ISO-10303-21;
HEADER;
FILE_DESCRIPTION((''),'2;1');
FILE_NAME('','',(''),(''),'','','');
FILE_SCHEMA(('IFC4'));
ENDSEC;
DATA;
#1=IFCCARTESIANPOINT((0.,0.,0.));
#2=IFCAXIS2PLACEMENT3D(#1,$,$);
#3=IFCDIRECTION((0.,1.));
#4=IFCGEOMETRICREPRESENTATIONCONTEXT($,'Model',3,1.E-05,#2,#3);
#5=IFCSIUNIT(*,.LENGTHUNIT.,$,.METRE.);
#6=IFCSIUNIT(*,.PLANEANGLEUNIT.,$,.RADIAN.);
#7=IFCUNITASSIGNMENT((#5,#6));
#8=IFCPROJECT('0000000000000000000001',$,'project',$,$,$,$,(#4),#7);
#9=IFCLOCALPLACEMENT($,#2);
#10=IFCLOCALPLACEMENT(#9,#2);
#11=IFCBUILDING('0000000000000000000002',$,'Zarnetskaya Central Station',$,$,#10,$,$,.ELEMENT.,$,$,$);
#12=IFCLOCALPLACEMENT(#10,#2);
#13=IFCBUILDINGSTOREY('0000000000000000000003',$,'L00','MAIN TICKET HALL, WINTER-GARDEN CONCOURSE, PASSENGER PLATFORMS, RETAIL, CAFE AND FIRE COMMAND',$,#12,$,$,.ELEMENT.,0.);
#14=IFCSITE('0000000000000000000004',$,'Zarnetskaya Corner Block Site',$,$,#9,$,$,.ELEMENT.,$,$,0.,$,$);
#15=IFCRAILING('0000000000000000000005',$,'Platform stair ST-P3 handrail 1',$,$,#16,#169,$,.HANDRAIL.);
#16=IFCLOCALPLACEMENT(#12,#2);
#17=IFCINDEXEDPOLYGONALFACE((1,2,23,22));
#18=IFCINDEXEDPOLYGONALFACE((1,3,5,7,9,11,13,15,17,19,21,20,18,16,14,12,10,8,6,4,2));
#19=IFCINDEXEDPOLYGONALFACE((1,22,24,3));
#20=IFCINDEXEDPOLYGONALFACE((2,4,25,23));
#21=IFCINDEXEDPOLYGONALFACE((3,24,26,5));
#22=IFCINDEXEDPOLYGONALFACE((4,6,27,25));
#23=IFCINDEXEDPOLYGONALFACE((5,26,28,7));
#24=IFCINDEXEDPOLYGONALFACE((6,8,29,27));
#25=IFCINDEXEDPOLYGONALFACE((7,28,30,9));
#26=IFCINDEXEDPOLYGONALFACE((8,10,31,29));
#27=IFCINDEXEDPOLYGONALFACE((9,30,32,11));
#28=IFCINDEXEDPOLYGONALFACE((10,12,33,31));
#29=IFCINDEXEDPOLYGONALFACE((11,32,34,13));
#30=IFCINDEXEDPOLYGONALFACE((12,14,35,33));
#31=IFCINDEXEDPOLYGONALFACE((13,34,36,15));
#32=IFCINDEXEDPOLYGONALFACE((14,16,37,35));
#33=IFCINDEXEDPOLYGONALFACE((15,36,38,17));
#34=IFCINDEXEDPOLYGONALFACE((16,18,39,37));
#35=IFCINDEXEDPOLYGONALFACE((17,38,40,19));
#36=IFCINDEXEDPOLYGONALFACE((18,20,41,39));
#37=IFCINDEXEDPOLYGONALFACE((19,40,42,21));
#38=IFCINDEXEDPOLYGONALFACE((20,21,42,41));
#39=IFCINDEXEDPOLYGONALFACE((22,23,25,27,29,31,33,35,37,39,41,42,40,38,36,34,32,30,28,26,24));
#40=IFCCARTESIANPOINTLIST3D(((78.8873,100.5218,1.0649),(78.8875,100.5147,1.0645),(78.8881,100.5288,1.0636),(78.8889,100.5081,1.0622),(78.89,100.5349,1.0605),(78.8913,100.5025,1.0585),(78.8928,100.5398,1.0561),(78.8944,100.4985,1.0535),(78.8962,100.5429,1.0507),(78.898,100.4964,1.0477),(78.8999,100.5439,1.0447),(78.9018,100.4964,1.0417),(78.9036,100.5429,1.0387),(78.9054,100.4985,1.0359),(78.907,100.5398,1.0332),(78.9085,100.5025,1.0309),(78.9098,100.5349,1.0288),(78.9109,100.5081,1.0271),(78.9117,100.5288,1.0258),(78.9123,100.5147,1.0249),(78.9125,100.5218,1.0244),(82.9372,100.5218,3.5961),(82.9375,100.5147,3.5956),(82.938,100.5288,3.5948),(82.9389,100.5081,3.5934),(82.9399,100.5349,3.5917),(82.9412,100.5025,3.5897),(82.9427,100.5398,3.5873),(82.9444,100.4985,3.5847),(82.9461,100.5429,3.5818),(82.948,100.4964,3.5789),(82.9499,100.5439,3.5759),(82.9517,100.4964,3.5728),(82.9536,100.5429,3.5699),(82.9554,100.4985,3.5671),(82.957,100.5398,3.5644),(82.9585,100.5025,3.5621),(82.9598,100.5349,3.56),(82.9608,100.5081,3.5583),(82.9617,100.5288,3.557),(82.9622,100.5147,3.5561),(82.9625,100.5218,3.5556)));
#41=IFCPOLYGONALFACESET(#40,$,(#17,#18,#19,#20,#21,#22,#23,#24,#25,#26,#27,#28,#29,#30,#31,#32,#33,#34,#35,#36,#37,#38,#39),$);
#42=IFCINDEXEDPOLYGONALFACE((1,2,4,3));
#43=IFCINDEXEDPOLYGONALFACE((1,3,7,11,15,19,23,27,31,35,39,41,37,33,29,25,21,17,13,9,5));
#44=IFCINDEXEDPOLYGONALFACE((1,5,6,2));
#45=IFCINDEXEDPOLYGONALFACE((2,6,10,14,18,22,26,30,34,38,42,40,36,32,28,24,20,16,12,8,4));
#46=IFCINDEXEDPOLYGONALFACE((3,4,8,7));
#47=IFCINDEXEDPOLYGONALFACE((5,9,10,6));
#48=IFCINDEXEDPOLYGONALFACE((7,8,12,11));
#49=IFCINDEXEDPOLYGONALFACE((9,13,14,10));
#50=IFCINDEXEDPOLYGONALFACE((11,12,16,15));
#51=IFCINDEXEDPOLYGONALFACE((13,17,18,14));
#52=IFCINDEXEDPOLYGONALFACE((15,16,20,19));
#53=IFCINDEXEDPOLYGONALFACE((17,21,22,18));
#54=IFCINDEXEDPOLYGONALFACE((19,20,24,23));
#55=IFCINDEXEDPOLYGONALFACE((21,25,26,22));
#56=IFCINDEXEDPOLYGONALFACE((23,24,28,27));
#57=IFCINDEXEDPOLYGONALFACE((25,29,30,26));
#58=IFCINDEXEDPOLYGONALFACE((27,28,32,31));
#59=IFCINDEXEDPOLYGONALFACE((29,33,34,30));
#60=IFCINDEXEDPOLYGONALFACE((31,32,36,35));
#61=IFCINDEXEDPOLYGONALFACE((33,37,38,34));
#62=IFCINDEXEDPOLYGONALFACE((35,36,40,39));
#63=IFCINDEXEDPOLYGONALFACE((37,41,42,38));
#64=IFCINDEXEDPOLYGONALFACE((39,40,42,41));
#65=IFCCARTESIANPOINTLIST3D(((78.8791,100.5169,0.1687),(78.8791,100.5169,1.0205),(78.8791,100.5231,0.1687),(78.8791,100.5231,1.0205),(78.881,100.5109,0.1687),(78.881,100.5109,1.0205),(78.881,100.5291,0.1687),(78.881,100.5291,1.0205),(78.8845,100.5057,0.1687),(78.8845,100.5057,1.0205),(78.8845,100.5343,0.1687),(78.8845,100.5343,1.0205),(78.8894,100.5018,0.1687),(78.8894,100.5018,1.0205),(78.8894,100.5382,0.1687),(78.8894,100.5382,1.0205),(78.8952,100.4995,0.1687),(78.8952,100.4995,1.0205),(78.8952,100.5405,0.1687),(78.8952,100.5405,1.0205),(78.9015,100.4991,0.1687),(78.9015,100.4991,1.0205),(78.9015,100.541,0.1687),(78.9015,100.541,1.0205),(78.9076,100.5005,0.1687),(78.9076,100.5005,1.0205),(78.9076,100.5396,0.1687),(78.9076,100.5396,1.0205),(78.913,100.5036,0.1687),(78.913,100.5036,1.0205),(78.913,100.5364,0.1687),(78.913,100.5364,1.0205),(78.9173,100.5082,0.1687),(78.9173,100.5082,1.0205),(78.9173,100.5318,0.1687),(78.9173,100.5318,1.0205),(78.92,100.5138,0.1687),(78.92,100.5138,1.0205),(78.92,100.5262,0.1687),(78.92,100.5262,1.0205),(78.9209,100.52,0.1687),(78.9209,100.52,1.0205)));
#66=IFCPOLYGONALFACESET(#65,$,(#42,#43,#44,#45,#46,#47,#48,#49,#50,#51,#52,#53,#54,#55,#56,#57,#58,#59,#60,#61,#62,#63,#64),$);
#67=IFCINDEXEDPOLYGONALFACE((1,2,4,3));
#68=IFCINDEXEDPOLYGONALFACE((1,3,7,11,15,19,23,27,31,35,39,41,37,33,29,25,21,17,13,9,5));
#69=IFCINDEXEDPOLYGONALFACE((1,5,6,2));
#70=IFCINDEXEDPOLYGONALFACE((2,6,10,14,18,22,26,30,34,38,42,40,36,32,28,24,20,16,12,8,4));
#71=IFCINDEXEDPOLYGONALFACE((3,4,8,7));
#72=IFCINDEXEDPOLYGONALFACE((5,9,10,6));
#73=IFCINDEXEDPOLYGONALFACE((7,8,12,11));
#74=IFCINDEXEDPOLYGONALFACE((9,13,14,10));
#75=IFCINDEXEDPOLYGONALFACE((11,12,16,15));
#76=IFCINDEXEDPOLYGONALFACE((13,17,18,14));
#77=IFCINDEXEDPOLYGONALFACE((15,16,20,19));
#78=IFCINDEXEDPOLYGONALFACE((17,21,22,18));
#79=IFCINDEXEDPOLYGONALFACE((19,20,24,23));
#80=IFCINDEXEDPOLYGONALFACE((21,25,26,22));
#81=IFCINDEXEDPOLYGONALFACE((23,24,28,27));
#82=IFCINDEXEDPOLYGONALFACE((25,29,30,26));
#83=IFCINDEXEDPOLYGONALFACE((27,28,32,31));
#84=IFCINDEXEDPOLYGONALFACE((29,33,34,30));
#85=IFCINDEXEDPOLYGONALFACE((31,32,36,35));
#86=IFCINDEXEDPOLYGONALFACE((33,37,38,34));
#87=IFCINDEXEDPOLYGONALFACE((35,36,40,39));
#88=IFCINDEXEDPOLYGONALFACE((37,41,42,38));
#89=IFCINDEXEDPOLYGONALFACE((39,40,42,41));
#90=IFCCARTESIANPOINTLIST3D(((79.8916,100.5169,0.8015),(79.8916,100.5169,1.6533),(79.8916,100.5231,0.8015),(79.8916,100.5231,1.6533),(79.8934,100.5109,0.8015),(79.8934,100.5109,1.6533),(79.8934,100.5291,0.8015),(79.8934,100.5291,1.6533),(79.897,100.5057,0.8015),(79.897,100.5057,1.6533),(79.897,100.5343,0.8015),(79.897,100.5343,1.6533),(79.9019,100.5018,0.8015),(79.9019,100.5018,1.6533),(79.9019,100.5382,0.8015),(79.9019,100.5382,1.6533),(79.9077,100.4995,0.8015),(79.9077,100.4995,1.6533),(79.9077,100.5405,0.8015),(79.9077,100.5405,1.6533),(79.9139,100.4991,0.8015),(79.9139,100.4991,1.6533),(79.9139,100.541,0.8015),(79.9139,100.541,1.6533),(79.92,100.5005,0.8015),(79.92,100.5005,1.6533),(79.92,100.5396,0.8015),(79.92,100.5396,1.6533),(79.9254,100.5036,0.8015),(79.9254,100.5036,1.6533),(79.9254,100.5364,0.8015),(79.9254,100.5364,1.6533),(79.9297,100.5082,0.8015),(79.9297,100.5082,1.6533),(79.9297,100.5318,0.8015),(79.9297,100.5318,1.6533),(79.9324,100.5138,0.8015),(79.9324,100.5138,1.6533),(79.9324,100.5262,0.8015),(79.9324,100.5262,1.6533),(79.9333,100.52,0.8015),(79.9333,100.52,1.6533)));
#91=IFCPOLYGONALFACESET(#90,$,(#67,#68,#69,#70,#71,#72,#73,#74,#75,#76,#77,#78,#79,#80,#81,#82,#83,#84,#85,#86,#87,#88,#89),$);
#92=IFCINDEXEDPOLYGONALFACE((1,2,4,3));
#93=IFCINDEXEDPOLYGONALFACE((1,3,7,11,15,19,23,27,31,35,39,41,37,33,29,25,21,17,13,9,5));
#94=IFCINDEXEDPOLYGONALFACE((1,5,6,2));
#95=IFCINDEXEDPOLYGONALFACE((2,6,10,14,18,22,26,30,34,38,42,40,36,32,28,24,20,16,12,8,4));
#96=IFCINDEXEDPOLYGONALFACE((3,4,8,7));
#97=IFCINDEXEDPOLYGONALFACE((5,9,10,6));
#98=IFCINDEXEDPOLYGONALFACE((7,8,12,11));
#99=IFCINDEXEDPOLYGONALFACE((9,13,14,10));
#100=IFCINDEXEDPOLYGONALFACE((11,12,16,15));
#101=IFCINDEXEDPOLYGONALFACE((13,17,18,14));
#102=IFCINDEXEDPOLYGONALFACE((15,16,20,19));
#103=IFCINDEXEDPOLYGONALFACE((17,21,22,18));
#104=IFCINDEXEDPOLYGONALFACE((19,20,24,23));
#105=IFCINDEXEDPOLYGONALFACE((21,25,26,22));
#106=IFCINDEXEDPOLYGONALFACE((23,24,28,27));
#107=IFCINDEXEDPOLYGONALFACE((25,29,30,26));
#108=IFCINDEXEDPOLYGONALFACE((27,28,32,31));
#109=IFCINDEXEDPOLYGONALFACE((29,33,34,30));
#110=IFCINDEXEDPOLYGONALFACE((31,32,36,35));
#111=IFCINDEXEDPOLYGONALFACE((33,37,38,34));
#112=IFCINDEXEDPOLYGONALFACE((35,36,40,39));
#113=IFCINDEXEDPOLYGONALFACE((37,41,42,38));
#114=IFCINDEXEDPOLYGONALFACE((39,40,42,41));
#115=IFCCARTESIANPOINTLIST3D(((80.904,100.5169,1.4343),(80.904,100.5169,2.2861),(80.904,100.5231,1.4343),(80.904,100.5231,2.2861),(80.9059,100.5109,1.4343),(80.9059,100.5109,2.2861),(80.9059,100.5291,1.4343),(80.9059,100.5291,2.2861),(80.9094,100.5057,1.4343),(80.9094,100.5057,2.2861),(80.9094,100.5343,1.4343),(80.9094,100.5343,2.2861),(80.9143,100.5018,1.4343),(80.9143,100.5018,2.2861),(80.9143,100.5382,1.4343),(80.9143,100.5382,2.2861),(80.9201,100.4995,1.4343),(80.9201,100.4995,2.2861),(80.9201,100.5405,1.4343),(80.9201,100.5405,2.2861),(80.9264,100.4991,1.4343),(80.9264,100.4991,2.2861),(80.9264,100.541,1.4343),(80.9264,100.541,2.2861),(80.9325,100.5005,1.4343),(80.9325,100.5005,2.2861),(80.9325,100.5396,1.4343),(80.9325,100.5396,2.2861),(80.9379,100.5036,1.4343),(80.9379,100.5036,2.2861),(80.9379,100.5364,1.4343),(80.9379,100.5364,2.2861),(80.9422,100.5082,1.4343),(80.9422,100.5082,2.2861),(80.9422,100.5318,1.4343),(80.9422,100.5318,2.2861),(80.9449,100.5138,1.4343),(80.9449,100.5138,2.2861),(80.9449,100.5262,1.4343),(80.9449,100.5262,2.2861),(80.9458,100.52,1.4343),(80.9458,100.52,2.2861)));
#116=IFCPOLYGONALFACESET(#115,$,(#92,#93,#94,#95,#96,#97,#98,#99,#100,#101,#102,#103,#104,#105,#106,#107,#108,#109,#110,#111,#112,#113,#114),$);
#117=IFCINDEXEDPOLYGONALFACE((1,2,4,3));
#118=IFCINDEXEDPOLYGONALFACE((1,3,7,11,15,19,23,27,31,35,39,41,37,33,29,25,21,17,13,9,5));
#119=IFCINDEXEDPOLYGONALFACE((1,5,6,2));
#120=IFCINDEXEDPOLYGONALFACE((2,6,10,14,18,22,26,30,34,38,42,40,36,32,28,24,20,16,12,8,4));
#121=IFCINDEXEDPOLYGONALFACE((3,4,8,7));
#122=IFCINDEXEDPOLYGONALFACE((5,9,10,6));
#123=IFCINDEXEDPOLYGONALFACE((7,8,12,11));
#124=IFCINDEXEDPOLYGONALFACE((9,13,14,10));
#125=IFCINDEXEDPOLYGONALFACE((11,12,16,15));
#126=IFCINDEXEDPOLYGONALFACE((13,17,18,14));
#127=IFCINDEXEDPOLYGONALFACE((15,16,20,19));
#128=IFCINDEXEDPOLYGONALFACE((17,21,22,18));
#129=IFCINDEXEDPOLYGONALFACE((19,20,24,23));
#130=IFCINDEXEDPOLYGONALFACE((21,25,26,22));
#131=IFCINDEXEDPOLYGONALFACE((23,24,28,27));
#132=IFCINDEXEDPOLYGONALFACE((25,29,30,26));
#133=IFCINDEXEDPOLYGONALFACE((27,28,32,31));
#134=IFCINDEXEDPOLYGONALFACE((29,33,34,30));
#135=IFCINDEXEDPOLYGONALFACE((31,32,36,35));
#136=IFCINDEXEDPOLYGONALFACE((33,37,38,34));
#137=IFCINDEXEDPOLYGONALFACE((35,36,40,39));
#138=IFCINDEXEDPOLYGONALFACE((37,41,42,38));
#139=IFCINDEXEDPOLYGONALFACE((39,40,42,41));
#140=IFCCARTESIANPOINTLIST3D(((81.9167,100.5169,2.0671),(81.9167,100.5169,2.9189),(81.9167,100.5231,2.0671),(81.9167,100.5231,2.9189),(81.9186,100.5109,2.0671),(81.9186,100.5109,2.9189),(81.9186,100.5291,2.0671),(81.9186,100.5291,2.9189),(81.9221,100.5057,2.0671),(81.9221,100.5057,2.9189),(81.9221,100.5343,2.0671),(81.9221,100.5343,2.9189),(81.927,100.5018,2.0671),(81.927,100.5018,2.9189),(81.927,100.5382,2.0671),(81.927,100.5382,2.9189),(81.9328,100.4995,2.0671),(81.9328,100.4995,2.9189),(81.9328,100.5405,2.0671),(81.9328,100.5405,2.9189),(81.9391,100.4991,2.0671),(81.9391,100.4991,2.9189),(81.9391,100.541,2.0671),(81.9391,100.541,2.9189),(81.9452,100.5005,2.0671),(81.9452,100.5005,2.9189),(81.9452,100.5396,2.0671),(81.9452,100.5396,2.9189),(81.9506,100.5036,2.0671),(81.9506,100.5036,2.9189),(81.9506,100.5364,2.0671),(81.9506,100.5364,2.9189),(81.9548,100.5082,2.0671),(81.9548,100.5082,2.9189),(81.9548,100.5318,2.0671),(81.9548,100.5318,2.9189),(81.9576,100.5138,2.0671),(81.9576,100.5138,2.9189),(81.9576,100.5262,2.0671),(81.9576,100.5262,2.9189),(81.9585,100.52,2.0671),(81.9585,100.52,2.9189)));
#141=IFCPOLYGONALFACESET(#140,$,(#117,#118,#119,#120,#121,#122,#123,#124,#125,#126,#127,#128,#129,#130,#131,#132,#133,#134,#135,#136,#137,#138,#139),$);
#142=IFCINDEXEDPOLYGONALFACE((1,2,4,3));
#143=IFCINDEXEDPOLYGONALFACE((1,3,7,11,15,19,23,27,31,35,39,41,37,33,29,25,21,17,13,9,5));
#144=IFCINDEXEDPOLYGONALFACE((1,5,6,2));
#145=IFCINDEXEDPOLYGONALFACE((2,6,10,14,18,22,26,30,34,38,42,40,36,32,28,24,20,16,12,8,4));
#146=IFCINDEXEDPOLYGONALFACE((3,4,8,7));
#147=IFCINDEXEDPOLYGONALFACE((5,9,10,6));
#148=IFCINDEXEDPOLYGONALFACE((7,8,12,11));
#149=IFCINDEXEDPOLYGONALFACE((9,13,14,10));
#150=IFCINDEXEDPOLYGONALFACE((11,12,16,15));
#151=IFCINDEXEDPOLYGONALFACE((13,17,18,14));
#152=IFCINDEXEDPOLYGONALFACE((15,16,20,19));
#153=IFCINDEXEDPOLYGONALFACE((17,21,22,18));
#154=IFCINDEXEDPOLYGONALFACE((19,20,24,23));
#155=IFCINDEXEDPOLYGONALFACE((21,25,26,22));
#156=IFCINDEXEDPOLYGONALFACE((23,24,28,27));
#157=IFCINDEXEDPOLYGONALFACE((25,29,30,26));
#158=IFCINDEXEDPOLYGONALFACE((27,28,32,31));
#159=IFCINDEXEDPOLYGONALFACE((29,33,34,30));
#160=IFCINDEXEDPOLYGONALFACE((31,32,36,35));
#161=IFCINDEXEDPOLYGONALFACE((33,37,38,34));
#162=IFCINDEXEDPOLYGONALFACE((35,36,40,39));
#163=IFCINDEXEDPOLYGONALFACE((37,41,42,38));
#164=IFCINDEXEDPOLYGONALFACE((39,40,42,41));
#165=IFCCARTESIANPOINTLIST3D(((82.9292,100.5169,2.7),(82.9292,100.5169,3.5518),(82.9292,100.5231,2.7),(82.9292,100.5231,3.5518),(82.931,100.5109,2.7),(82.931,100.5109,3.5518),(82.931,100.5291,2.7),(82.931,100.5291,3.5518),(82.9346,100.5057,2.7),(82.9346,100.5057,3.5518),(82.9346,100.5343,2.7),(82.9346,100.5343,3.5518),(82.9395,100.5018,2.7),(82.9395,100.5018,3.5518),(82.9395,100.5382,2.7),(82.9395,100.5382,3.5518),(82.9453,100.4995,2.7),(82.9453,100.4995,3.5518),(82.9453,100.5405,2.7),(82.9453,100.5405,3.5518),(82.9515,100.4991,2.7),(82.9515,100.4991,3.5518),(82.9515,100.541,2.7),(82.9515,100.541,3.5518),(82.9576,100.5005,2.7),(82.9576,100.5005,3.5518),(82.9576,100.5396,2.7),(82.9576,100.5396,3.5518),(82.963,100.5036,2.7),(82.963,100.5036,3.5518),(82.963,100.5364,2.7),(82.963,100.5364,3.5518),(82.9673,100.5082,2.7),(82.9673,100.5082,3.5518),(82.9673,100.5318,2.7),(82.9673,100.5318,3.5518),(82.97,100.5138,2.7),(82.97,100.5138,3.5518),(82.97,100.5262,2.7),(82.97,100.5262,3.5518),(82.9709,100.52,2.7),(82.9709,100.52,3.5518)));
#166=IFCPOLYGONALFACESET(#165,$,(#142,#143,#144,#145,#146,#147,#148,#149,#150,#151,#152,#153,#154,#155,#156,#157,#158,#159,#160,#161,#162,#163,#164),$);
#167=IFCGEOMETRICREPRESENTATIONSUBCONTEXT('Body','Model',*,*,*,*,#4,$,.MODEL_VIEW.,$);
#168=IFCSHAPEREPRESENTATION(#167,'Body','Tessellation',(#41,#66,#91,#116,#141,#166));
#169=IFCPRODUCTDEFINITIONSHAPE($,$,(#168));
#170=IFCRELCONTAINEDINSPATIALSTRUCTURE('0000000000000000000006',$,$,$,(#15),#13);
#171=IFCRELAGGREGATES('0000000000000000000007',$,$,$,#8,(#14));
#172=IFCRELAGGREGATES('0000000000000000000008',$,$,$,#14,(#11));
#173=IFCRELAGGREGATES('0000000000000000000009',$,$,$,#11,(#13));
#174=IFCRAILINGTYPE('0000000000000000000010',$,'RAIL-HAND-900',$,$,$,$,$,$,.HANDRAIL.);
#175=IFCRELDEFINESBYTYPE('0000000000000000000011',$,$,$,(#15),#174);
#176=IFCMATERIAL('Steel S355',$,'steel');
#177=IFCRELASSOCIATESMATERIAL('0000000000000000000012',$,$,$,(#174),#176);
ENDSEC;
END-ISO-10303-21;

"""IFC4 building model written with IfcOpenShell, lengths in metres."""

from ifc_helpers import new_model, si_unit, direction, frame, origin, origin_2d, place, context, subcontext, project, spatial, circle, extrude, material, type_object, element, save


model = new_model("IFC4")

# Units and contexts
model_context = context("Model", 3, precision=1e-05, world=origin(), true_north=direction((0.0, 1.0)))
body_context = subcontext(model_context, "Body", "Model", "MODEL_VIEW")
ifc_project = project(units=[si_unit("LENGTHUNIT", "METRE"), si_unit("PLANEANGLEUNIT", "RADIAN")], contexts=[model_context])

# Site, building, storey
site_placement = place(None, origin())
site = spatial("IfcSite", under=ifc_project, at=site_placement, Name="Zarnetskaya Corner Block Site", CompositionType="ELEMENT", RefElevation=0.0)
building_placement = place(site_placement, origin())
building = spatial("IfcBuilding", under=site, at=building_placement, Name="Zarnetskaya Central Station", CompositionType="ELEMENT")
storey_placement = place(building_placement, origin())
storey = spatial("IfcBuildingStorey", under=building, at=storey_placement, Name="L00", Description="MAIN TICKET HALL, WINTER-GARDEN CONCOURSE, PASSENGER PLATFORMS, RETAIL, CAFE AND FIRE COMMAND", CompositionType="ELEMENT", Elevation=0.0)

# Shared definitions
ifc_material_1 = material(Name="Steel S355", Category="steel")

# Railing
railing_type_1 = type_object("IfcRailingType", Name="RAIL-HAND-900", PredefinedType="HANDRAIL", material=ifc_material_1)
railing_1_placement = place(storey_placement, frame((78.8999, 100.52, 0.1687)))
element("IfcRailing", 1, at=railing_1_placement, inside=storey, type_object=railing_type_1, Name="Platform stair ST-P3 handrail 1", PredefinedType="HANDRAIL", context=body_context, shape_type="SweptSolid", body=[
    extrude(circle(Radius=0.0239, at=origin_2d()), frame((0.0, 0.0, 0.876), z_axis=(0.848001, 0.0, 0.529994), x_axis=(0.0, 1.0, 0.0)), (0.0, 0.0, 1.0), 4.7759),
    extrude(circle(Radius=0.021, at=origin_2d()), origin(), (0.0, 0.0, 1.0), 0.8518),
    extrude(circle(Radius=0.021, at=origin_2d()), frame((1.0125, 0.0, 0.6328)), (0.0, 0.0, 1.0), 0.8518),
    extrude(circle(Radius=0.021, at=origin_2d()), frame((2.0249, 0.0, 1.2656)), (0.0, 0.0, 1.0), 0.8518),
    extrude(circle(Radius=0.021, at=origin_2d()), frame((3.0376, 0.0, 1.8984)), (0.0, 0.0, 1.0), 0.8518),
    extrude(circle(Radius=0.021, at=origin_2d()), frame((4.05, 0.0, 2.5312)), (0.0, 0.0, 1.0), 0.8518),
])

save(model, "model.ifc")
